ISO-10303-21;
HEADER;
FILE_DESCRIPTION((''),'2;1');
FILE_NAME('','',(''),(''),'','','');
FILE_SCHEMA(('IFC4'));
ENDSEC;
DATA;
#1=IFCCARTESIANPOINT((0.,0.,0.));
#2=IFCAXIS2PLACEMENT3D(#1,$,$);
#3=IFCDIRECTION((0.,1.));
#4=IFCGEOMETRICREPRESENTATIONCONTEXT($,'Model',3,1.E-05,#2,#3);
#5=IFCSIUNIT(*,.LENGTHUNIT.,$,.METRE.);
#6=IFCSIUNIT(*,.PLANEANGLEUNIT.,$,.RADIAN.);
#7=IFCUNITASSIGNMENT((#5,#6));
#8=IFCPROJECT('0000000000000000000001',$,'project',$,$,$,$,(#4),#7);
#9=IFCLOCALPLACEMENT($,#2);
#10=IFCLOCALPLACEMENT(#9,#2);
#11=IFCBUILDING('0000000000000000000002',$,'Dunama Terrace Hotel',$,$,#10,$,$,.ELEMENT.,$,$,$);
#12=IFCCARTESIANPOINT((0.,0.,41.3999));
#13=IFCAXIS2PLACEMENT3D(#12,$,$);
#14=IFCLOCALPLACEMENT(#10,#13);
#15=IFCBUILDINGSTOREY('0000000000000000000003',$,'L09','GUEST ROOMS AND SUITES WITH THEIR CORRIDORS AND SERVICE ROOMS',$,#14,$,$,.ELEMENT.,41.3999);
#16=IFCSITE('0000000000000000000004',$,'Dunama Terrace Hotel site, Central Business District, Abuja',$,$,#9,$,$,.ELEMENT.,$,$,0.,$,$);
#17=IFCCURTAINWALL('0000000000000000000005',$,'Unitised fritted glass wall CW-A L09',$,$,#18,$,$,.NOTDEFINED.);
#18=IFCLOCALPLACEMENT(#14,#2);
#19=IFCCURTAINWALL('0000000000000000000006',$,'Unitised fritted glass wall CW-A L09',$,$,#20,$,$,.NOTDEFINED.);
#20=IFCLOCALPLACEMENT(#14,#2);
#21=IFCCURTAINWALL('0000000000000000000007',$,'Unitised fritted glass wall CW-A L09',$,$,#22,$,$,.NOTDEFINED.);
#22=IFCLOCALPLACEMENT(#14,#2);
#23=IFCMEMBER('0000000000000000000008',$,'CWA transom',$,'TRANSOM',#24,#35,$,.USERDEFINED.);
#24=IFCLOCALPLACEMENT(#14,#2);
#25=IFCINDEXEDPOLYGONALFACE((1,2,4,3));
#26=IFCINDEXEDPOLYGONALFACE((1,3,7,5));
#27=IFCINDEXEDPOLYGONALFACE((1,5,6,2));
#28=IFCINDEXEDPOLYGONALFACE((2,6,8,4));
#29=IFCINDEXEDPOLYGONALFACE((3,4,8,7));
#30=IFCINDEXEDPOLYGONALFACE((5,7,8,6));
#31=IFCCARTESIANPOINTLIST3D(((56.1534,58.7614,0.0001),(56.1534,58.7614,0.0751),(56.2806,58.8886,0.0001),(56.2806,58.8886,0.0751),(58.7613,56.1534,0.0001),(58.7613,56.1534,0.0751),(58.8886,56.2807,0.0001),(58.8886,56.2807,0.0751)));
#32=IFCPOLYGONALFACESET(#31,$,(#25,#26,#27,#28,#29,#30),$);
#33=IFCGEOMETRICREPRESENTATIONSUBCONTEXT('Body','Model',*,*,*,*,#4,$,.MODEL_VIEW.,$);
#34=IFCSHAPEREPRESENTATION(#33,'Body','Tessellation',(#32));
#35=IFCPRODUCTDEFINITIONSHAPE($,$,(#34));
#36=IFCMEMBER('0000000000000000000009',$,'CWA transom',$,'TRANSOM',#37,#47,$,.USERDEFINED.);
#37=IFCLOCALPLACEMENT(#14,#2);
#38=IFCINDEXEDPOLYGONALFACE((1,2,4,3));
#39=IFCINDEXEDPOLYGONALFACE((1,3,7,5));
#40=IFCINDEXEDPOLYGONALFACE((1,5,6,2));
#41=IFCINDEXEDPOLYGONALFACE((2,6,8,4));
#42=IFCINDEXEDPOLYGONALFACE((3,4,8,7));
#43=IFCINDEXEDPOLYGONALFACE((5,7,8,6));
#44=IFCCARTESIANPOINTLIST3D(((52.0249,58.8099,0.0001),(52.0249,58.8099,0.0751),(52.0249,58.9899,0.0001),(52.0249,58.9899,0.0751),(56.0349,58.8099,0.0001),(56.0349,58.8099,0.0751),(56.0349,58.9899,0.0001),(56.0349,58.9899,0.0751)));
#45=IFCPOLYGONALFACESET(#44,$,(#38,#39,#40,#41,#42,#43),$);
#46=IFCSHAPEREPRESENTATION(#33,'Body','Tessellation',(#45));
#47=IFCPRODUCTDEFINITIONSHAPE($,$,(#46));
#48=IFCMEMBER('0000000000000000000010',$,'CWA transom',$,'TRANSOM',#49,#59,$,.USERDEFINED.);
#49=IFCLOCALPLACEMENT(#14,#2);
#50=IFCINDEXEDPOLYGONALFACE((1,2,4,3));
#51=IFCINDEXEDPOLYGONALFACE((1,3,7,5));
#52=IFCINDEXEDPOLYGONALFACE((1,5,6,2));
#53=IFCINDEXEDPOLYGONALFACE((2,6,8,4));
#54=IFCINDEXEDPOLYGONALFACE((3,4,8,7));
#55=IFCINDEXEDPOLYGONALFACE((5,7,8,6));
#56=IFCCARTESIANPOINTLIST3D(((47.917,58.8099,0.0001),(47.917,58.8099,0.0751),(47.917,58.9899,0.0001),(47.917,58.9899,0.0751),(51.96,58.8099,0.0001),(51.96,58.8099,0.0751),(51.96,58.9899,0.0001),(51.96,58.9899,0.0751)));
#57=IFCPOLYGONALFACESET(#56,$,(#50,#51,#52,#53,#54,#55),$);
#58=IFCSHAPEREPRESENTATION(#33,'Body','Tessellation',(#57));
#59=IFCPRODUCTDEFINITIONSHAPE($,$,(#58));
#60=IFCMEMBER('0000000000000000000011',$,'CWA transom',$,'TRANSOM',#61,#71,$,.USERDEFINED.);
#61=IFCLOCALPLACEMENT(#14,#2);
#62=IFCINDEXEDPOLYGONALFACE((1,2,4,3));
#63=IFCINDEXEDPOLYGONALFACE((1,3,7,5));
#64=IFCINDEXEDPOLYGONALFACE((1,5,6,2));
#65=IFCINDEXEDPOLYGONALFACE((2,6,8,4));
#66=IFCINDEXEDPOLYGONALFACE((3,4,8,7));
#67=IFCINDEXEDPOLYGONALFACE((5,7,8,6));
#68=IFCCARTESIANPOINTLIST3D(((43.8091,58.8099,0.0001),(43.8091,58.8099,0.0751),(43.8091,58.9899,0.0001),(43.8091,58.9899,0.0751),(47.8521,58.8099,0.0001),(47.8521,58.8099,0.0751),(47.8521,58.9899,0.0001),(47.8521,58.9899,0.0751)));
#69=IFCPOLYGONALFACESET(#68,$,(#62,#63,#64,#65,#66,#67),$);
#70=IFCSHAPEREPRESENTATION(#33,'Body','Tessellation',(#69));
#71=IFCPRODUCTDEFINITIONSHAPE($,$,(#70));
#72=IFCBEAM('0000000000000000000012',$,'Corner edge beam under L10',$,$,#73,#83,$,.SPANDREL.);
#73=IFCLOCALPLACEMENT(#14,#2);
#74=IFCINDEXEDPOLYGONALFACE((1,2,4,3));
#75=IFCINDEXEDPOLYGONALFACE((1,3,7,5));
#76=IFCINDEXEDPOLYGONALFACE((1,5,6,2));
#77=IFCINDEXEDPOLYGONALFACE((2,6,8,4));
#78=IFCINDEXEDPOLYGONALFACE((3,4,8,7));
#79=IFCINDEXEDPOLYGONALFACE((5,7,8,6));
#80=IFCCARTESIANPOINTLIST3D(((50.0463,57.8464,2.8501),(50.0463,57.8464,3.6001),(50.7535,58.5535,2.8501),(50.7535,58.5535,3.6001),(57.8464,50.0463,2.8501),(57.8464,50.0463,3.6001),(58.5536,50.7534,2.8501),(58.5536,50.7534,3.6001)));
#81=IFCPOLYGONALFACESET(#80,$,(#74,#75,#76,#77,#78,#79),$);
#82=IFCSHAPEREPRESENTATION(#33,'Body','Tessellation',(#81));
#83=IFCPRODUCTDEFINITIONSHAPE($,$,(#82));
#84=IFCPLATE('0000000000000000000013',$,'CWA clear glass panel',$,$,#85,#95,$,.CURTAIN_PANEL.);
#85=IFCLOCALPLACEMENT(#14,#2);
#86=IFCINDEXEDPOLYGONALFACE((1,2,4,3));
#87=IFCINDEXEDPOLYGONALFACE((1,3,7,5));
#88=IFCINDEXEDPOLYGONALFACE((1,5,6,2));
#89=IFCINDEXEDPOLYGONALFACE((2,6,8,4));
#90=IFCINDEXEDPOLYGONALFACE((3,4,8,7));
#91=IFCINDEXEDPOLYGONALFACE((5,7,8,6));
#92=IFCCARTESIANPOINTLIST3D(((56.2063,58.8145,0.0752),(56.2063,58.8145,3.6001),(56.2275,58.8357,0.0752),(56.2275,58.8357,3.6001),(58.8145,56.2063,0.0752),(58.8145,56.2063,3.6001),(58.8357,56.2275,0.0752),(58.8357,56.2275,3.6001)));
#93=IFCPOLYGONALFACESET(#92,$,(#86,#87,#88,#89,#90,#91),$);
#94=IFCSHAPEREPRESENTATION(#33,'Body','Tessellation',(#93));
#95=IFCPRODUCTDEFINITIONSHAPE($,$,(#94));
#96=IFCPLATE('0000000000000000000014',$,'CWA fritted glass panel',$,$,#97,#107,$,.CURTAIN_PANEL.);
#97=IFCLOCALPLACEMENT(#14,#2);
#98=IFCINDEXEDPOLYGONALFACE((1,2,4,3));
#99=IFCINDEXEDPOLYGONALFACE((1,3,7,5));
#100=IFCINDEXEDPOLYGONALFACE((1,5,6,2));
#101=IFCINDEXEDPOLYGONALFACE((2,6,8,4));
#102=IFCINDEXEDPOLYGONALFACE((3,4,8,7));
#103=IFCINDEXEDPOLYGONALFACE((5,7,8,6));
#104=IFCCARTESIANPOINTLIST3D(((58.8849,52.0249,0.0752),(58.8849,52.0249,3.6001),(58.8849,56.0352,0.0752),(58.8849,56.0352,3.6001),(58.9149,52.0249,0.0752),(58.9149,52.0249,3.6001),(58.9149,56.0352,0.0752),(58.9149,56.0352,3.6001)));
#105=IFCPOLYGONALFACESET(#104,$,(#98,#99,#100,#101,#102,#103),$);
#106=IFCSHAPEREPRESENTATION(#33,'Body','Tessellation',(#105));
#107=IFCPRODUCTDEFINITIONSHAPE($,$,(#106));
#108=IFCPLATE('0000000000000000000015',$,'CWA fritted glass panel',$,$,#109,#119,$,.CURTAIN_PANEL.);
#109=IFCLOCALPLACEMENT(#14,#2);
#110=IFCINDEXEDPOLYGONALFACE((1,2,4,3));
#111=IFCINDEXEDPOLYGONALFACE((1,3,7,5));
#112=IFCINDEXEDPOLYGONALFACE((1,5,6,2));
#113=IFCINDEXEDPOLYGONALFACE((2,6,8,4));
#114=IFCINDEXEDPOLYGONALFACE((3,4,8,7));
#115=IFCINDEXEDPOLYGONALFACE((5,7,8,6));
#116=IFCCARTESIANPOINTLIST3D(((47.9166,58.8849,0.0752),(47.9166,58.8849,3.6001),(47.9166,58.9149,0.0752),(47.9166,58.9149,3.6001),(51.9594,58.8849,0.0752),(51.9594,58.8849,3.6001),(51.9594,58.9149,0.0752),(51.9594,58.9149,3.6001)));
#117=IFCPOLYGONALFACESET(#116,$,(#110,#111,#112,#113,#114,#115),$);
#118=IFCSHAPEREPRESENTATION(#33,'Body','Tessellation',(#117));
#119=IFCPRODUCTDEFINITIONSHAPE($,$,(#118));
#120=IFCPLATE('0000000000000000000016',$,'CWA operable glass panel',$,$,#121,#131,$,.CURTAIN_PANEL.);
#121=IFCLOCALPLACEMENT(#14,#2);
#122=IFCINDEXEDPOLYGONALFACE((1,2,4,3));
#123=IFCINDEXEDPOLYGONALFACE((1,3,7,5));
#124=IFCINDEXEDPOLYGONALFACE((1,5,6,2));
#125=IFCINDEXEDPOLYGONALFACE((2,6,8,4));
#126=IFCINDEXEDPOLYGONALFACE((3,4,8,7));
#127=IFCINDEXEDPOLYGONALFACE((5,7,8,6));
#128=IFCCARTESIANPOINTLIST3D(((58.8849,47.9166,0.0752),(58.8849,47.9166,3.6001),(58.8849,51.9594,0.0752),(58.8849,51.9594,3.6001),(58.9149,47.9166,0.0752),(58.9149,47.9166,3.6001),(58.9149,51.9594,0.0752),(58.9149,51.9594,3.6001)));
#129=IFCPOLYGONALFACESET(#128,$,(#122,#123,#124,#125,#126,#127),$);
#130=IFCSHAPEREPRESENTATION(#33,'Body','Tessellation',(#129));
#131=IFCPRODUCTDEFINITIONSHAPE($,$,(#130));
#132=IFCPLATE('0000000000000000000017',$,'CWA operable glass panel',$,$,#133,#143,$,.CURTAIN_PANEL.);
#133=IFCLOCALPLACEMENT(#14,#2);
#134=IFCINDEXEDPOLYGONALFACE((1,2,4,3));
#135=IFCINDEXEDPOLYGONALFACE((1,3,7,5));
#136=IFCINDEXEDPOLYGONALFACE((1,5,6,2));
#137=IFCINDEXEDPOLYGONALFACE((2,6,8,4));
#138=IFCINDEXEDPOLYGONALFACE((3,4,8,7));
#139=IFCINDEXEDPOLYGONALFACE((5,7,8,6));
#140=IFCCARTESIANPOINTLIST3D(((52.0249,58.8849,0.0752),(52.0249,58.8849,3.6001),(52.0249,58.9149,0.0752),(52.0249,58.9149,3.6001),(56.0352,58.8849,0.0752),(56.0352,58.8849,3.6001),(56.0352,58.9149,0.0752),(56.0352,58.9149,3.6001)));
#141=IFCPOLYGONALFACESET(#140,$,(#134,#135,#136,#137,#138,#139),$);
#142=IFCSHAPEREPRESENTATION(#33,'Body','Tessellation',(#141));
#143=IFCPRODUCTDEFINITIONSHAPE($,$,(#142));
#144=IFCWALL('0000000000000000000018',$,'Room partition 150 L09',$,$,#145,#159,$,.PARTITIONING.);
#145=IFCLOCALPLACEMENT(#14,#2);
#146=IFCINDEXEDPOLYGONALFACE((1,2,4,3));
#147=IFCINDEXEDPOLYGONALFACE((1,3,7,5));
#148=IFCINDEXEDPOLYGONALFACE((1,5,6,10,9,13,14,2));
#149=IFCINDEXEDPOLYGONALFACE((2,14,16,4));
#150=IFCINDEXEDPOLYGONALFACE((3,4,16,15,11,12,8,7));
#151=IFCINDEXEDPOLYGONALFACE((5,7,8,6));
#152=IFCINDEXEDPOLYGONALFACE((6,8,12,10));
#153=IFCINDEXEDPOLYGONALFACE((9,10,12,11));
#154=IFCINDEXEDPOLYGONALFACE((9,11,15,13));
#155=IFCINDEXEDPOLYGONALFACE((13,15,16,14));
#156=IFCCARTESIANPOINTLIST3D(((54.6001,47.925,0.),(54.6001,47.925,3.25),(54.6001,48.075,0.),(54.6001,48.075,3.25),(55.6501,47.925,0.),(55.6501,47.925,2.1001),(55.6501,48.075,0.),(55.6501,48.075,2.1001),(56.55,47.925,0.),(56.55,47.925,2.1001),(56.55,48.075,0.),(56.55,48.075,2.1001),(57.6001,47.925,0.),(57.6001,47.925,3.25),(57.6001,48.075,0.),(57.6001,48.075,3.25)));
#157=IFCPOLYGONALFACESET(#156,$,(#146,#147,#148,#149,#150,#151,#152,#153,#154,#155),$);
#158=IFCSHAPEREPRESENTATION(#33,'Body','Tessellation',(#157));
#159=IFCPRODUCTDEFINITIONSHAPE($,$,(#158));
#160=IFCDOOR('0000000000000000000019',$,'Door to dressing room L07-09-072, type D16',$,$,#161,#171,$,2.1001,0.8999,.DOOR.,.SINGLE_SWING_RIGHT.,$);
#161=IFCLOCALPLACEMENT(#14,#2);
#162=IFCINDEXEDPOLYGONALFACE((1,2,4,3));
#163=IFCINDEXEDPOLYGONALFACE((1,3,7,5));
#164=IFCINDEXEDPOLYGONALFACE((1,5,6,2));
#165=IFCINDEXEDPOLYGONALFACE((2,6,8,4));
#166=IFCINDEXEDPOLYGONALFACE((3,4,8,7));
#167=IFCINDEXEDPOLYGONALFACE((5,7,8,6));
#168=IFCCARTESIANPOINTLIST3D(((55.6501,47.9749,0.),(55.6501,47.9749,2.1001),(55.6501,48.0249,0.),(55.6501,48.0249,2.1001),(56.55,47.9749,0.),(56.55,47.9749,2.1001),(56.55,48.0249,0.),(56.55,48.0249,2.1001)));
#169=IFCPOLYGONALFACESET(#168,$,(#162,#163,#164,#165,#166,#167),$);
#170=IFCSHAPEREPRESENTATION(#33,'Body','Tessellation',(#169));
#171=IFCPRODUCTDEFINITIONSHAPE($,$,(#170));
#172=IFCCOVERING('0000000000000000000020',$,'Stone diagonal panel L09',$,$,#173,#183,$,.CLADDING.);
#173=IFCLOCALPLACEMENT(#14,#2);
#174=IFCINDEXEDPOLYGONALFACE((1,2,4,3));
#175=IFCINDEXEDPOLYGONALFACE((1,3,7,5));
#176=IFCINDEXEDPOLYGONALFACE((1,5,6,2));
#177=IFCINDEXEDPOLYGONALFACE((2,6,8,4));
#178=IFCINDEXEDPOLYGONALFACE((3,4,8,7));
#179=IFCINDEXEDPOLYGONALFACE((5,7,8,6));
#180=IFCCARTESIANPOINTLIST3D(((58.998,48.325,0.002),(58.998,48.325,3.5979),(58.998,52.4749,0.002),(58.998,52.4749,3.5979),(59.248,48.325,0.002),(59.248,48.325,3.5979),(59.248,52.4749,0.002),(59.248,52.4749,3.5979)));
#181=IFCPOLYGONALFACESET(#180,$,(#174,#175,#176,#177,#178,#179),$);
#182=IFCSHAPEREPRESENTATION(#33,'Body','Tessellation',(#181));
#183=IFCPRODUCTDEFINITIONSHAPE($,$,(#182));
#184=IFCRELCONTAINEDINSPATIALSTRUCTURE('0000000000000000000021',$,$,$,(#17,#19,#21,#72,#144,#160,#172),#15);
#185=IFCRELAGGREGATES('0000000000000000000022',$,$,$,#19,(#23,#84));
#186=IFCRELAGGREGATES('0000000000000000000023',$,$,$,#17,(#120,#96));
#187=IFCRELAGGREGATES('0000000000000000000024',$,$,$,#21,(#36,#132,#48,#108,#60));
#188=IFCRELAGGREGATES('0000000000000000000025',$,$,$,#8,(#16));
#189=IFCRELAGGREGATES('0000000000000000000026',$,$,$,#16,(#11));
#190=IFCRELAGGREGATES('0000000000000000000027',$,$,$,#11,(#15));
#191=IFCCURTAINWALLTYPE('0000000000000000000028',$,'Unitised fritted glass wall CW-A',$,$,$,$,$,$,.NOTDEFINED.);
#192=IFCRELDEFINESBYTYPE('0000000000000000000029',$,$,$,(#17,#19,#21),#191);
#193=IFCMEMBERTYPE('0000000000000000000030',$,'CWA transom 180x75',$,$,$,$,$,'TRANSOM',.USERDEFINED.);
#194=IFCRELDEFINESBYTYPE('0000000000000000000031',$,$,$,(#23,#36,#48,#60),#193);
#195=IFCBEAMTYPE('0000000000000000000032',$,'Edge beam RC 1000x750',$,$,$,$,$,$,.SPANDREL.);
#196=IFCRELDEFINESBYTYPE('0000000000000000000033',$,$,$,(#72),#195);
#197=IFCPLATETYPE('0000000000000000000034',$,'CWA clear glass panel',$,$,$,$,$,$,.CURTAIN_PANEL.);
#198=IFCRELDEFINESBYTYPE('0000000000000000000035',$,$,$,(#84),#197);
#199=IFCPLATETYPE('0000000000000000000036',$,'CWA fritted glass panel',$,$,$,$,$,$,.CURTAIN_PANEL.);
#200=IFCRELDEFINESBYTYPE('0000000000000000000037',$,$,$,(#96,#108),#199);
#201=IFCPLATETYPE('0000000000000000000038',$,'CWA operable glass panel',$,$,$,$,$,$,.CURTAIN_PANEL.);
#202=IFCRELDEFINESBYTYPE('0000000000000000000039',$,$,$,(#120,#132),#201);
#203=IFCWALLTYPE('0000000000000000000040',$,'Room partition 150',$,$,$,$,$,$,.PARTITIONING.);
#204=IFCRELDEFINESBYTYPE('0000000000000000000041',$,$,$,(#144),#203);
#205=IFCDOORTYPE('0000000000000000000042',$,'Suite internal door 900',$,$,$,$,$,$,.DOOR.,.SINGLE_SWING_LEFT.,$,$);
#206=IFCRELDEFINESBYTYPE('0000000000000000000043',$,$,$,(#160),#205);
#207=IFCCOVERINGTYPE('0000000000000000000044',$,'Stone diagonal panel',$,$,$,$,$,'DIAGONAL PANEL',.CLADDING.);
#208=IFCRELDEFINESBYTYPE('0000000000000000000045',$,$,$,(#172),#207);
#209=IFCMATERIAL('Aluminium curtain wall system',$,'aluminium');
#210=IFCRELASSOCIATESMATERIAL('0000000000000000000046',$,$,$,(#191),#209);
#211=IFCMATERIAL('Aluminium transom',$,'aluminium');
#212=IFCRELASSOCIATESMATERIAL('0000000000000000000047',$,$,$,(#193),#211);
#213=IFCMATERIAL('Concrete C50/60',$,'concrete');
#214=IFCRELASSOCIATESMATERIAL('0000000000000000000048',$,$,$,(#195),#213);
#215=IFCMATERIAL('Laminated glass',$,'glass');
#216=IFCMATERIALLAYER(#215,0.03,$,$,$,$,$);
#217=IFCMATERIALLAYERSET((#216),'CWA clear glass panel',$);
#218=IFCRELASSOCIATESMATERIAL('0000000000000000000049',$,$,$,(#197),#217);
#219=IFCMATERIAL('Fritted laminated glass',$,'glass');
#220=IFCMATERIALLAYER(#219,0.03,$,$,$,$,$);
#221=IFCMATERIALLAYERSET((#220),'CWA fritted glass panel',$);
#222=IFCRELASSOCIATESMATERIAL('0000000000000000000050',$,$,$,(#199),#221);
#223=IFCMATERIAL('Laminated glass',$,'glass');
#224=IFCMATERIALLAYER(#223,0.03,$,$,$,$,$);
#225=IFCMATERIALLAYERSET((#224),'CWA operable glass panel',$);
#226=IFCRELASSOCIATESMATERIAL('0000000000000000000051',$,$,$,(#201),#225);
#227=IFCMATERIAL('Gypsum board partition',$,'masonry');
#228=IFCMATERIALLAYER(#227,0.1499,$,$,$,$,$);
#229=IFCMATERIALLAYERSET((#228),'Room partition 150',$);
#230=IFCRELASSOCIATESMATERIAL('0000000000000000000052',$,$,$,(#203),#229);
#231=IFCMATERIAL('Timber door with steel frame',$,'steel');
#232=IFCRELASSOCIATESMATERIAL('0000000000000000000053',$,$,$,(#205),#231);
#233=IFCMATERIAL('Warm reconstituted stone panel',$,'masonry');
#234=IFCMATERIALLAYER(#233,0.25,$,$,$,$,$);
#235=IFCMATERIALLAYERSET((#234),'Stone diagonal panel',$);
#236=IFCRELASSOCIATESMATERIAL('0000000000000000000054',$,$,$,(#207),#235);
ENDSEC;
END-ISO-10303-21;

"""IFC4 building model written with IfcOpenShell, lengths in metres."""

from ifc_helpers import new_model, si_unit, direction, frame, frame_2d, origin, origin_2d, place, context, subcontext, project, spatial, rectangle, extrude, material, layer, layer_set, material_profile, profile_set, type_object, element, fill, aggregate, save


model = new_model("IFC4")

# Units and contexts
model_context = context("Model", 3, precision=1e-05, world=origin(), true_north=direction((0.0, 1.0)))
body_context = subcontext(model_context, "Body", "Model", "MODEL_VIEW")
ifc_project = project(units=[si_unit("LENGTHUNIT", "METRE"), si_unit("PLANEANGLEUNIT", "RADIAN")], contexts=[model_context])

# Site, building, storey
site_placement = place(None, origin())
site = spatial("IfcSite", under=ifc_project, at=site_placement, Name="Dunama Terrace Hotel site, Central Business District, Abuja", CompositionType="ELEMENT", RefElevation=0.0)
building_placement = place(site_placement, origin())
building = spatial("IfcBuilding", under=site, at=building_placement, Name="Dunama Terrace Hotel", CompositionType="ELEMENT")
storey_placement = place(building_placement, frame((0.0, 0.0, 41.3999)))
storey = spatial("IfcBuildingStorey", under=building, at=storey_placement, Name="L09", Description="GUEST ROOMS AND SUITES WITH THEIR CORRIDORS AND SERVICE ROOMS", CompositionType="ELEMENT", Elevation=41.3999)

# Curtain walls
ifc_material_1 = material(Name="Aluminium curtain wall system", Category="aluminium")
curtain_wall_type = type_object("IfcCurtainWallType", Name="Unitised fritted glass wall CW-A", PredefinedType="NOTDEFINED", material=ifc_material_1)
curtain_wall_1_placement = place(storey_placement, origin())
curtain_wall_1 = element("IfcCurtainWall", 1, at=curtain_wall_1_placement, inside=storey, type_object=curtain_wall_type, Name="Unitised fritted glass wall CW-A L09", PredefinedType="NOTDEFINED")
curtain_wall_2_placement = place(storey_placement, origin())
curtain_wall_2 = element("IfcCurtainWall", 2, at=curtain_wall_2_placement, inside=storey, type_object=curtain_wall_type, Name="Unitised fritted glass wall CW-A L09", PredefinedType="NOTDEFINED")
curtain_wall_3_placement = place(storey_placement, origin())
curtain_wall_3 = element("IfcCurtainWall", 3, at=curtain_wall_3_placement, inside=storey, type_object=curtain_wall_type, Name="Unitised fritted glass wall CW-A L09", PredefinedType="NOTDEFINED")

# Members
ifc_material_2 = material(Name="Aluminium transom", Category="aluminium")
ifc_material_profile_1 = material_profile(ifc_material_2, rectangle(XDim=0.1799, YDim=0.075, at=origin_2d()), Name="CWA TRANSOM 180X75")
ifc_profile_set_1 = profile_set([ifc_material_profile_1], Name="Aluminium transom")
member_type_1 = type_object("IfcMemberType", Name="CWA transom 180x75", ElementType="TRANSOM", PredefinedType="USERDEFINED", material=ifc_profile_set_1)
member_1_placement = place(storey_placement, frame((58.825, 56.217, 0.0376), z_axis=(-0.707107, 0.707107, 0.0), x_axis=(-0.707107, -0.707107, 0.0)))
member_1 = element("IfcMember", 4, at=member_1_placement, type_object=member_type_1, Name="CWA transom", ObjectType="TRANSOM", PredefinedType="USERDEFINED", context=body_context, shape_type="SweptSolid", body=[
    extrude(rectangle(XDim=0.1799, YDim=0.075, at=origin_2d()), origin(), (0.0, 0.0, 1.0), 3.6882),
])
member_2_placement = place(storey_placement, frame((56.0349, 58.8999, 0.0376), z_axis=(-1.0, 0.0, 0.0), x_axis=(0.0, -1.0, 0.0)))
member_2 = element("IfcMember", 5, at=member_2_placement, type_object=member_type_1, Name="CWA transom", ObjectType="TRANSOM", PredefinedType="USERDEFINED", context=body_context, shape_type="SweptSolid", body=[
    extrude(rectangle(XDim=0.1799, YDim=0.075, at=origin_2d()), origin(), (0.0, 0.0, 1.0), 4.01),
])
member_3_placement = place(storey_placement, frame((51.96, 58.8999, 0.0376), z_axis=(-1.0, 0.0, 0.0), x_axis=(0.0, -1.0, 0.0)))
member_3 = element("IfcMember", 6, at=member_3_placement, type_object=member_type_1, Name="CWA transom", ObjectType="TRANSOM", PredefinedType="USERDEFINED", context=body_context, shape_type="SweptSolid", body=[
    extrude(rectangle(XDim=0.1799, YDim=0.075, at=origin_2d()), origin(), (0.0, 0.0, 1.0), 4.043),
])
member_4_placement = place(storey_placement, frame((47.8521, 58.8999, 0.0376), z_axis=(-1.0, 0.0, 0.0), x_axis=(0.0, -1.0, 0.0)))
member_4 = element("IfcMember", 7, at=member_4_placement, type_object=member_type_1, Name="CWA transom", ObjectType="TRANSOM", PredefinedType="USERDEFINED", context=body_context, shape_type="SweptSolid", body=[
    extrude(rectangle(XDim=0.1799, YDim=0.075, at=origin_2d()), origin(), (0.0, 0.0, 1.0), 4.043),
])

# Beam
ifc_material_3 = material(Name="Concrete C50/60", Category="concrete")
ifc_material_profile_2 = material_profile(ifc_material_3, rectangle(XDim=1.0, YDim=0.75, at=origin_2d()), Name="RC 1000x750")
ifc_profile_set_2 = profile_set([ifc_material_profile_2], Name="Concrete C50/60")
beam_type = type_object("IfcBeamType", Name="Edge beam RC 1000x750", PredefinedType="SPANDREL", material=ifc_profile_set_2)
beam_placement = place(storey_placement, frame((50.3999, 58.2, 3.2251), z_axis=(0.707107, -0.707107, 0.0), x_axis=(0.707107, 0.707107, 0.0)))
element("IfcBeam", 8, at=beam_placement, inside=storey, type_object=beam_type, Name="Corner edge beam under L10", PredefinedType="SPANDREL", context=body_context, shape_type="SweptSolid", body=[
    extrude(rectangle(XDim=1.0, YDim=0.75, at=origin_2d()), origin(), (0.0, 0.0, 1.0), 11.031),
])

# Plates
ifc_material_4 = material(Name="Laminated glass", Category="glass")
ifc_layer_1 = layer(ifc_material_4, 0.03)
ifc_layer_set_1 = layer_set([ifc_layer_1], Name="CWA clear glass panel")
plate_type_1 = type_object("IfcPlateType", Name="CWA clear glass panel", PredefinedType="CURTAIN_PANEL", material=ifc_layer_set_1)
plate_1_placement = place(storey_placement, frame((57.521, 57.521, 0.0752), z_axis=(0.0, 0.0, 1.0), x_axis=(-0.707107, 0.707107, 0.0)))
plate_1 = element("IfcPlate", 9, at=plate_1_placement, type_object=plate_type_1, Name="CWA clear glass panel", PredefinedType="CURTAIN_PANEL", context=body_context, shape_type="SweptSolid", body=[
    extrude(rectangle(XDim=3.6885, YDim=0.03, at=origin_2d()), origin(), (0.0, 0.0, 1.0), 3.5249),
])
aggregate(curtain_wall_2, [member_1, plate_1])
ifc_material_5 = material(Name="Fritted laminated glass", Category="glass")
ifc_layer_2 = layer(ifc_material_5, 0.03)
ifc_layer_set_2 = layer_set([ifc_layer_2], Name="CWA fritted glass panel")
plate_type_2 = type_object("IfcPlateType", Name="CWA fritted glass panel", PredefinedType="CURTAIN_PANEL", material=ifc_layer_set_2)
plate_2_placement = place(storey_placement, frame((58.8999, 54.03, 0.0752), z_axis=(0.0, 0.0, 1.0), x_axis=(0.0, 1.0, 0.0)))
plate_2 = element("IfcPlate", 10, at=plate_2_placement, type_object=plate_type_2, Name="CWA fritted glass panel", PredefinedType="CURTAIN_PANEL", context=body_context, shape_type="SweptSolid", body=[
    extrude(rectangle(XDim=4.0103, YDim=0.03, at=origin_2d()), origin(), (0.0, 0.0, 1.0), 3.5249),
])
plate_3_placement = place(storey_placement, frame((49.938, 58.8999, 0.0752), z_axis=(0.0, 0.0, 1.0), x_axis=(-1.0, 0.0, 0.0)))
plate_3 = element("IfcPlate", 11, at=plate_3_placement, type_object=plate_type_2, Name="CWA fritted glass panel", PredefinedType="CURTAIN_PANEL", context=body_context, shape_type="SweptSolid", body=[
    extrude(rectangle(XDim=4.0427, YDim=0.03, at=origin_2d()), origin(), (0.0, 0.0, 1.0), 3.5249),
])
ifc_material_6 = material(Name="Laminated glass", Category="glass")
ifc_layer_3 = layer(ifc_material_6, 0.03)
ifc_layer_set_3 = layer_set([ifc_layer_3], Name="CWA operable glass panel")
plate_type_3 = type_object("IfcPlateType", Name="CWA operable glass panel", PredefinedType="CURTAIN_PANEL", material=ifc_layer_set_3)
plate_4_placement = place(storey_placement, frame((58.8999, 49.938, 0.0752), z_axis=(0.0, 0.0, 1.0), x_axis=(0.0, 1.0, 0.0)))
plate_4 = element("IfcPlate", 12, at=plate_4_placement, type_object=plate_type_3, Name="CWA operable glass panel", PredefinedType="CURTAIN_PANEL", context=body_context, shape_type="SweptSolid", body=[
    extrude(rectangle(XDim=4.0427, YDim=0.03, at=origin_2d()), origin(), (0.0, 0.0, 1.0), 3.5249),
])
aggregate(curtain_wall_1, [plate_4, plate_2])
plate_5_placement = place(storey_placement, frame((54.03, 58.8999, 0.0752), z_axis=(0.0, 0.0, 1.0), x_axis=(-1.0, 0.0, 0.0)))
plate_5 = element("IfcPlate", 13, at=plate_5_placement, type_object=plate_type_3, Name="CWA operable glass panel", PredefinedType="CURTAIN_PANEL", context=body_context, shape_type="SweptSolid", body=[
    extrude(rectangle(XDim=4.0103, YDim=0.03, at=origin_2d()), origin(), (0.0, 0.0, 1.0), 3.5249),
])
aggregate(curtain_wall_3, [member_2, plate_5, member_3, plate_3, member_4])

# Wall, opening, door
ifc_material_7 = material(Name="Gypsum board partition", Category="masonry")
ifc_layer_4 = layer(ifc_material_7, 0.1499)
ifc_layer_set_4 = layer_set([ifc_layer_4], Name="Room partition 150")
wall_type = type_object("IfcWallType", Name="Room partition 150", PredefinedType="PARTITIONING", material=ifc_layer_set_4)
wall_placement = place(storey_placement, frame((54.6001, 48.0, 0.0), z_axis=(0.0, 0.0, 1.0), x_axis=(1.0, 0.0, 0.0)))
wall = element("IfcWall", 14, at=wall_placement, inside=storey, type_object=wall_type, Name="Room partition 150 L09", PredefinedType="PARTITIONING", context=body_context, shape_type="SweptSolid", body=[
    extrude(rectangle(XDim=3.0, YDim=0.1499, at=frame_2d((1.5, 0.0))), origin(), (0.0, 0.0, 1.0), 3.25),
])
opening_placement = place(wall_placement, frame((1.05, 0.0, 0.0)))
opening = element("IfcOpeningElement", 15, at=opening_placement, cuts=wall, PredefinedType="OPENING", context=body_context, shape_type="SweptSolid", body=[
    extrude(rectangle(XDim=0.8999, YDim=2.1001, at=frame_2d((0.45, 1.05))), frame((0.0, 0.085, 0.0), z_axis=(0.0, -1.0, 0.0), x_axis=(1.0, 0.0, 0.0)), (0.0, 0.0, 1.0), 0.1699),
])
ifc_material_8 = material(Name="Timber door with steel frame", Category="steel")
door_type = type_object("IfcDoorType", Name="Suite internal door 900", OperationType="SINGLE_SWING_LEFT", PredefinedType="DOOR", material=ifc_material_8)
door_placement = place(opening_placement, frame((0.8999, 0.0, 0.0), z_axis=(0.0, 0.0, 1.0), x_axis=(-1.0, 0.0, 0.0)))
door = element("IfcDoor", 16, at=door_placement, inside=storey, type_object=door_type, Name="Door to dressing room L07-09-072, type D16", OperationType="SINGLE_SWING_RIGHT", OverallHeight=2.1001, OverallWidth=0.8999, PredefinedType="DOOR", context=body_context, shape_type="SweptSolid", body=[
    extrude(rectangle(XDim=0.8999, YDim=2.1001, at=frame_2d((0.45, 1.05))), frame((0.0, 0.0251, 0.0), z_axis=(0.0, -1.0, 0.0), x_axis=(1.0, 0.0, 0.0)), (0.0, 0.0, 1.0), 0.05),
])
fill(opening, door)

# Covering
ifc_material_9 = material(Name="Warm reconstituted stone panel", Category="masonry")
ifc_layer_5 = layer(ifc_material_9, 0.25)
ifc_layer_set_5 = layer_set([ifc_layer_5], Name="Stone diagonal panel")
covering_type = type_object("IfcCoveringType", Name="Stone diagonal panel", ElementType="DIAGONAL PANEL", PredefinedType="CLADDING", material=ifc_layer_set_5)
covering_1_placement = place(storey_placement, frame((59.123, 50.3999, 0.002), z_axis=(0.0, 0.0, 1.0), x_axis=(0.0, 1.0, 0.0)))
element("IfcCovering", 17, at=covering_1_placement, inside=storey, type_object=covering_type, Name="Stone diagonal panel L09", PredefinedType="CLADDING", context=body_context, shape_type="SweptSolid", body=[
    extrude(rectangle(XDim=4.1499, YDim=0.25, at=origin_2d()), origin(), (0.0, 0.0, 1.0), 3.5959),
])

save(model, "model.ifc")
